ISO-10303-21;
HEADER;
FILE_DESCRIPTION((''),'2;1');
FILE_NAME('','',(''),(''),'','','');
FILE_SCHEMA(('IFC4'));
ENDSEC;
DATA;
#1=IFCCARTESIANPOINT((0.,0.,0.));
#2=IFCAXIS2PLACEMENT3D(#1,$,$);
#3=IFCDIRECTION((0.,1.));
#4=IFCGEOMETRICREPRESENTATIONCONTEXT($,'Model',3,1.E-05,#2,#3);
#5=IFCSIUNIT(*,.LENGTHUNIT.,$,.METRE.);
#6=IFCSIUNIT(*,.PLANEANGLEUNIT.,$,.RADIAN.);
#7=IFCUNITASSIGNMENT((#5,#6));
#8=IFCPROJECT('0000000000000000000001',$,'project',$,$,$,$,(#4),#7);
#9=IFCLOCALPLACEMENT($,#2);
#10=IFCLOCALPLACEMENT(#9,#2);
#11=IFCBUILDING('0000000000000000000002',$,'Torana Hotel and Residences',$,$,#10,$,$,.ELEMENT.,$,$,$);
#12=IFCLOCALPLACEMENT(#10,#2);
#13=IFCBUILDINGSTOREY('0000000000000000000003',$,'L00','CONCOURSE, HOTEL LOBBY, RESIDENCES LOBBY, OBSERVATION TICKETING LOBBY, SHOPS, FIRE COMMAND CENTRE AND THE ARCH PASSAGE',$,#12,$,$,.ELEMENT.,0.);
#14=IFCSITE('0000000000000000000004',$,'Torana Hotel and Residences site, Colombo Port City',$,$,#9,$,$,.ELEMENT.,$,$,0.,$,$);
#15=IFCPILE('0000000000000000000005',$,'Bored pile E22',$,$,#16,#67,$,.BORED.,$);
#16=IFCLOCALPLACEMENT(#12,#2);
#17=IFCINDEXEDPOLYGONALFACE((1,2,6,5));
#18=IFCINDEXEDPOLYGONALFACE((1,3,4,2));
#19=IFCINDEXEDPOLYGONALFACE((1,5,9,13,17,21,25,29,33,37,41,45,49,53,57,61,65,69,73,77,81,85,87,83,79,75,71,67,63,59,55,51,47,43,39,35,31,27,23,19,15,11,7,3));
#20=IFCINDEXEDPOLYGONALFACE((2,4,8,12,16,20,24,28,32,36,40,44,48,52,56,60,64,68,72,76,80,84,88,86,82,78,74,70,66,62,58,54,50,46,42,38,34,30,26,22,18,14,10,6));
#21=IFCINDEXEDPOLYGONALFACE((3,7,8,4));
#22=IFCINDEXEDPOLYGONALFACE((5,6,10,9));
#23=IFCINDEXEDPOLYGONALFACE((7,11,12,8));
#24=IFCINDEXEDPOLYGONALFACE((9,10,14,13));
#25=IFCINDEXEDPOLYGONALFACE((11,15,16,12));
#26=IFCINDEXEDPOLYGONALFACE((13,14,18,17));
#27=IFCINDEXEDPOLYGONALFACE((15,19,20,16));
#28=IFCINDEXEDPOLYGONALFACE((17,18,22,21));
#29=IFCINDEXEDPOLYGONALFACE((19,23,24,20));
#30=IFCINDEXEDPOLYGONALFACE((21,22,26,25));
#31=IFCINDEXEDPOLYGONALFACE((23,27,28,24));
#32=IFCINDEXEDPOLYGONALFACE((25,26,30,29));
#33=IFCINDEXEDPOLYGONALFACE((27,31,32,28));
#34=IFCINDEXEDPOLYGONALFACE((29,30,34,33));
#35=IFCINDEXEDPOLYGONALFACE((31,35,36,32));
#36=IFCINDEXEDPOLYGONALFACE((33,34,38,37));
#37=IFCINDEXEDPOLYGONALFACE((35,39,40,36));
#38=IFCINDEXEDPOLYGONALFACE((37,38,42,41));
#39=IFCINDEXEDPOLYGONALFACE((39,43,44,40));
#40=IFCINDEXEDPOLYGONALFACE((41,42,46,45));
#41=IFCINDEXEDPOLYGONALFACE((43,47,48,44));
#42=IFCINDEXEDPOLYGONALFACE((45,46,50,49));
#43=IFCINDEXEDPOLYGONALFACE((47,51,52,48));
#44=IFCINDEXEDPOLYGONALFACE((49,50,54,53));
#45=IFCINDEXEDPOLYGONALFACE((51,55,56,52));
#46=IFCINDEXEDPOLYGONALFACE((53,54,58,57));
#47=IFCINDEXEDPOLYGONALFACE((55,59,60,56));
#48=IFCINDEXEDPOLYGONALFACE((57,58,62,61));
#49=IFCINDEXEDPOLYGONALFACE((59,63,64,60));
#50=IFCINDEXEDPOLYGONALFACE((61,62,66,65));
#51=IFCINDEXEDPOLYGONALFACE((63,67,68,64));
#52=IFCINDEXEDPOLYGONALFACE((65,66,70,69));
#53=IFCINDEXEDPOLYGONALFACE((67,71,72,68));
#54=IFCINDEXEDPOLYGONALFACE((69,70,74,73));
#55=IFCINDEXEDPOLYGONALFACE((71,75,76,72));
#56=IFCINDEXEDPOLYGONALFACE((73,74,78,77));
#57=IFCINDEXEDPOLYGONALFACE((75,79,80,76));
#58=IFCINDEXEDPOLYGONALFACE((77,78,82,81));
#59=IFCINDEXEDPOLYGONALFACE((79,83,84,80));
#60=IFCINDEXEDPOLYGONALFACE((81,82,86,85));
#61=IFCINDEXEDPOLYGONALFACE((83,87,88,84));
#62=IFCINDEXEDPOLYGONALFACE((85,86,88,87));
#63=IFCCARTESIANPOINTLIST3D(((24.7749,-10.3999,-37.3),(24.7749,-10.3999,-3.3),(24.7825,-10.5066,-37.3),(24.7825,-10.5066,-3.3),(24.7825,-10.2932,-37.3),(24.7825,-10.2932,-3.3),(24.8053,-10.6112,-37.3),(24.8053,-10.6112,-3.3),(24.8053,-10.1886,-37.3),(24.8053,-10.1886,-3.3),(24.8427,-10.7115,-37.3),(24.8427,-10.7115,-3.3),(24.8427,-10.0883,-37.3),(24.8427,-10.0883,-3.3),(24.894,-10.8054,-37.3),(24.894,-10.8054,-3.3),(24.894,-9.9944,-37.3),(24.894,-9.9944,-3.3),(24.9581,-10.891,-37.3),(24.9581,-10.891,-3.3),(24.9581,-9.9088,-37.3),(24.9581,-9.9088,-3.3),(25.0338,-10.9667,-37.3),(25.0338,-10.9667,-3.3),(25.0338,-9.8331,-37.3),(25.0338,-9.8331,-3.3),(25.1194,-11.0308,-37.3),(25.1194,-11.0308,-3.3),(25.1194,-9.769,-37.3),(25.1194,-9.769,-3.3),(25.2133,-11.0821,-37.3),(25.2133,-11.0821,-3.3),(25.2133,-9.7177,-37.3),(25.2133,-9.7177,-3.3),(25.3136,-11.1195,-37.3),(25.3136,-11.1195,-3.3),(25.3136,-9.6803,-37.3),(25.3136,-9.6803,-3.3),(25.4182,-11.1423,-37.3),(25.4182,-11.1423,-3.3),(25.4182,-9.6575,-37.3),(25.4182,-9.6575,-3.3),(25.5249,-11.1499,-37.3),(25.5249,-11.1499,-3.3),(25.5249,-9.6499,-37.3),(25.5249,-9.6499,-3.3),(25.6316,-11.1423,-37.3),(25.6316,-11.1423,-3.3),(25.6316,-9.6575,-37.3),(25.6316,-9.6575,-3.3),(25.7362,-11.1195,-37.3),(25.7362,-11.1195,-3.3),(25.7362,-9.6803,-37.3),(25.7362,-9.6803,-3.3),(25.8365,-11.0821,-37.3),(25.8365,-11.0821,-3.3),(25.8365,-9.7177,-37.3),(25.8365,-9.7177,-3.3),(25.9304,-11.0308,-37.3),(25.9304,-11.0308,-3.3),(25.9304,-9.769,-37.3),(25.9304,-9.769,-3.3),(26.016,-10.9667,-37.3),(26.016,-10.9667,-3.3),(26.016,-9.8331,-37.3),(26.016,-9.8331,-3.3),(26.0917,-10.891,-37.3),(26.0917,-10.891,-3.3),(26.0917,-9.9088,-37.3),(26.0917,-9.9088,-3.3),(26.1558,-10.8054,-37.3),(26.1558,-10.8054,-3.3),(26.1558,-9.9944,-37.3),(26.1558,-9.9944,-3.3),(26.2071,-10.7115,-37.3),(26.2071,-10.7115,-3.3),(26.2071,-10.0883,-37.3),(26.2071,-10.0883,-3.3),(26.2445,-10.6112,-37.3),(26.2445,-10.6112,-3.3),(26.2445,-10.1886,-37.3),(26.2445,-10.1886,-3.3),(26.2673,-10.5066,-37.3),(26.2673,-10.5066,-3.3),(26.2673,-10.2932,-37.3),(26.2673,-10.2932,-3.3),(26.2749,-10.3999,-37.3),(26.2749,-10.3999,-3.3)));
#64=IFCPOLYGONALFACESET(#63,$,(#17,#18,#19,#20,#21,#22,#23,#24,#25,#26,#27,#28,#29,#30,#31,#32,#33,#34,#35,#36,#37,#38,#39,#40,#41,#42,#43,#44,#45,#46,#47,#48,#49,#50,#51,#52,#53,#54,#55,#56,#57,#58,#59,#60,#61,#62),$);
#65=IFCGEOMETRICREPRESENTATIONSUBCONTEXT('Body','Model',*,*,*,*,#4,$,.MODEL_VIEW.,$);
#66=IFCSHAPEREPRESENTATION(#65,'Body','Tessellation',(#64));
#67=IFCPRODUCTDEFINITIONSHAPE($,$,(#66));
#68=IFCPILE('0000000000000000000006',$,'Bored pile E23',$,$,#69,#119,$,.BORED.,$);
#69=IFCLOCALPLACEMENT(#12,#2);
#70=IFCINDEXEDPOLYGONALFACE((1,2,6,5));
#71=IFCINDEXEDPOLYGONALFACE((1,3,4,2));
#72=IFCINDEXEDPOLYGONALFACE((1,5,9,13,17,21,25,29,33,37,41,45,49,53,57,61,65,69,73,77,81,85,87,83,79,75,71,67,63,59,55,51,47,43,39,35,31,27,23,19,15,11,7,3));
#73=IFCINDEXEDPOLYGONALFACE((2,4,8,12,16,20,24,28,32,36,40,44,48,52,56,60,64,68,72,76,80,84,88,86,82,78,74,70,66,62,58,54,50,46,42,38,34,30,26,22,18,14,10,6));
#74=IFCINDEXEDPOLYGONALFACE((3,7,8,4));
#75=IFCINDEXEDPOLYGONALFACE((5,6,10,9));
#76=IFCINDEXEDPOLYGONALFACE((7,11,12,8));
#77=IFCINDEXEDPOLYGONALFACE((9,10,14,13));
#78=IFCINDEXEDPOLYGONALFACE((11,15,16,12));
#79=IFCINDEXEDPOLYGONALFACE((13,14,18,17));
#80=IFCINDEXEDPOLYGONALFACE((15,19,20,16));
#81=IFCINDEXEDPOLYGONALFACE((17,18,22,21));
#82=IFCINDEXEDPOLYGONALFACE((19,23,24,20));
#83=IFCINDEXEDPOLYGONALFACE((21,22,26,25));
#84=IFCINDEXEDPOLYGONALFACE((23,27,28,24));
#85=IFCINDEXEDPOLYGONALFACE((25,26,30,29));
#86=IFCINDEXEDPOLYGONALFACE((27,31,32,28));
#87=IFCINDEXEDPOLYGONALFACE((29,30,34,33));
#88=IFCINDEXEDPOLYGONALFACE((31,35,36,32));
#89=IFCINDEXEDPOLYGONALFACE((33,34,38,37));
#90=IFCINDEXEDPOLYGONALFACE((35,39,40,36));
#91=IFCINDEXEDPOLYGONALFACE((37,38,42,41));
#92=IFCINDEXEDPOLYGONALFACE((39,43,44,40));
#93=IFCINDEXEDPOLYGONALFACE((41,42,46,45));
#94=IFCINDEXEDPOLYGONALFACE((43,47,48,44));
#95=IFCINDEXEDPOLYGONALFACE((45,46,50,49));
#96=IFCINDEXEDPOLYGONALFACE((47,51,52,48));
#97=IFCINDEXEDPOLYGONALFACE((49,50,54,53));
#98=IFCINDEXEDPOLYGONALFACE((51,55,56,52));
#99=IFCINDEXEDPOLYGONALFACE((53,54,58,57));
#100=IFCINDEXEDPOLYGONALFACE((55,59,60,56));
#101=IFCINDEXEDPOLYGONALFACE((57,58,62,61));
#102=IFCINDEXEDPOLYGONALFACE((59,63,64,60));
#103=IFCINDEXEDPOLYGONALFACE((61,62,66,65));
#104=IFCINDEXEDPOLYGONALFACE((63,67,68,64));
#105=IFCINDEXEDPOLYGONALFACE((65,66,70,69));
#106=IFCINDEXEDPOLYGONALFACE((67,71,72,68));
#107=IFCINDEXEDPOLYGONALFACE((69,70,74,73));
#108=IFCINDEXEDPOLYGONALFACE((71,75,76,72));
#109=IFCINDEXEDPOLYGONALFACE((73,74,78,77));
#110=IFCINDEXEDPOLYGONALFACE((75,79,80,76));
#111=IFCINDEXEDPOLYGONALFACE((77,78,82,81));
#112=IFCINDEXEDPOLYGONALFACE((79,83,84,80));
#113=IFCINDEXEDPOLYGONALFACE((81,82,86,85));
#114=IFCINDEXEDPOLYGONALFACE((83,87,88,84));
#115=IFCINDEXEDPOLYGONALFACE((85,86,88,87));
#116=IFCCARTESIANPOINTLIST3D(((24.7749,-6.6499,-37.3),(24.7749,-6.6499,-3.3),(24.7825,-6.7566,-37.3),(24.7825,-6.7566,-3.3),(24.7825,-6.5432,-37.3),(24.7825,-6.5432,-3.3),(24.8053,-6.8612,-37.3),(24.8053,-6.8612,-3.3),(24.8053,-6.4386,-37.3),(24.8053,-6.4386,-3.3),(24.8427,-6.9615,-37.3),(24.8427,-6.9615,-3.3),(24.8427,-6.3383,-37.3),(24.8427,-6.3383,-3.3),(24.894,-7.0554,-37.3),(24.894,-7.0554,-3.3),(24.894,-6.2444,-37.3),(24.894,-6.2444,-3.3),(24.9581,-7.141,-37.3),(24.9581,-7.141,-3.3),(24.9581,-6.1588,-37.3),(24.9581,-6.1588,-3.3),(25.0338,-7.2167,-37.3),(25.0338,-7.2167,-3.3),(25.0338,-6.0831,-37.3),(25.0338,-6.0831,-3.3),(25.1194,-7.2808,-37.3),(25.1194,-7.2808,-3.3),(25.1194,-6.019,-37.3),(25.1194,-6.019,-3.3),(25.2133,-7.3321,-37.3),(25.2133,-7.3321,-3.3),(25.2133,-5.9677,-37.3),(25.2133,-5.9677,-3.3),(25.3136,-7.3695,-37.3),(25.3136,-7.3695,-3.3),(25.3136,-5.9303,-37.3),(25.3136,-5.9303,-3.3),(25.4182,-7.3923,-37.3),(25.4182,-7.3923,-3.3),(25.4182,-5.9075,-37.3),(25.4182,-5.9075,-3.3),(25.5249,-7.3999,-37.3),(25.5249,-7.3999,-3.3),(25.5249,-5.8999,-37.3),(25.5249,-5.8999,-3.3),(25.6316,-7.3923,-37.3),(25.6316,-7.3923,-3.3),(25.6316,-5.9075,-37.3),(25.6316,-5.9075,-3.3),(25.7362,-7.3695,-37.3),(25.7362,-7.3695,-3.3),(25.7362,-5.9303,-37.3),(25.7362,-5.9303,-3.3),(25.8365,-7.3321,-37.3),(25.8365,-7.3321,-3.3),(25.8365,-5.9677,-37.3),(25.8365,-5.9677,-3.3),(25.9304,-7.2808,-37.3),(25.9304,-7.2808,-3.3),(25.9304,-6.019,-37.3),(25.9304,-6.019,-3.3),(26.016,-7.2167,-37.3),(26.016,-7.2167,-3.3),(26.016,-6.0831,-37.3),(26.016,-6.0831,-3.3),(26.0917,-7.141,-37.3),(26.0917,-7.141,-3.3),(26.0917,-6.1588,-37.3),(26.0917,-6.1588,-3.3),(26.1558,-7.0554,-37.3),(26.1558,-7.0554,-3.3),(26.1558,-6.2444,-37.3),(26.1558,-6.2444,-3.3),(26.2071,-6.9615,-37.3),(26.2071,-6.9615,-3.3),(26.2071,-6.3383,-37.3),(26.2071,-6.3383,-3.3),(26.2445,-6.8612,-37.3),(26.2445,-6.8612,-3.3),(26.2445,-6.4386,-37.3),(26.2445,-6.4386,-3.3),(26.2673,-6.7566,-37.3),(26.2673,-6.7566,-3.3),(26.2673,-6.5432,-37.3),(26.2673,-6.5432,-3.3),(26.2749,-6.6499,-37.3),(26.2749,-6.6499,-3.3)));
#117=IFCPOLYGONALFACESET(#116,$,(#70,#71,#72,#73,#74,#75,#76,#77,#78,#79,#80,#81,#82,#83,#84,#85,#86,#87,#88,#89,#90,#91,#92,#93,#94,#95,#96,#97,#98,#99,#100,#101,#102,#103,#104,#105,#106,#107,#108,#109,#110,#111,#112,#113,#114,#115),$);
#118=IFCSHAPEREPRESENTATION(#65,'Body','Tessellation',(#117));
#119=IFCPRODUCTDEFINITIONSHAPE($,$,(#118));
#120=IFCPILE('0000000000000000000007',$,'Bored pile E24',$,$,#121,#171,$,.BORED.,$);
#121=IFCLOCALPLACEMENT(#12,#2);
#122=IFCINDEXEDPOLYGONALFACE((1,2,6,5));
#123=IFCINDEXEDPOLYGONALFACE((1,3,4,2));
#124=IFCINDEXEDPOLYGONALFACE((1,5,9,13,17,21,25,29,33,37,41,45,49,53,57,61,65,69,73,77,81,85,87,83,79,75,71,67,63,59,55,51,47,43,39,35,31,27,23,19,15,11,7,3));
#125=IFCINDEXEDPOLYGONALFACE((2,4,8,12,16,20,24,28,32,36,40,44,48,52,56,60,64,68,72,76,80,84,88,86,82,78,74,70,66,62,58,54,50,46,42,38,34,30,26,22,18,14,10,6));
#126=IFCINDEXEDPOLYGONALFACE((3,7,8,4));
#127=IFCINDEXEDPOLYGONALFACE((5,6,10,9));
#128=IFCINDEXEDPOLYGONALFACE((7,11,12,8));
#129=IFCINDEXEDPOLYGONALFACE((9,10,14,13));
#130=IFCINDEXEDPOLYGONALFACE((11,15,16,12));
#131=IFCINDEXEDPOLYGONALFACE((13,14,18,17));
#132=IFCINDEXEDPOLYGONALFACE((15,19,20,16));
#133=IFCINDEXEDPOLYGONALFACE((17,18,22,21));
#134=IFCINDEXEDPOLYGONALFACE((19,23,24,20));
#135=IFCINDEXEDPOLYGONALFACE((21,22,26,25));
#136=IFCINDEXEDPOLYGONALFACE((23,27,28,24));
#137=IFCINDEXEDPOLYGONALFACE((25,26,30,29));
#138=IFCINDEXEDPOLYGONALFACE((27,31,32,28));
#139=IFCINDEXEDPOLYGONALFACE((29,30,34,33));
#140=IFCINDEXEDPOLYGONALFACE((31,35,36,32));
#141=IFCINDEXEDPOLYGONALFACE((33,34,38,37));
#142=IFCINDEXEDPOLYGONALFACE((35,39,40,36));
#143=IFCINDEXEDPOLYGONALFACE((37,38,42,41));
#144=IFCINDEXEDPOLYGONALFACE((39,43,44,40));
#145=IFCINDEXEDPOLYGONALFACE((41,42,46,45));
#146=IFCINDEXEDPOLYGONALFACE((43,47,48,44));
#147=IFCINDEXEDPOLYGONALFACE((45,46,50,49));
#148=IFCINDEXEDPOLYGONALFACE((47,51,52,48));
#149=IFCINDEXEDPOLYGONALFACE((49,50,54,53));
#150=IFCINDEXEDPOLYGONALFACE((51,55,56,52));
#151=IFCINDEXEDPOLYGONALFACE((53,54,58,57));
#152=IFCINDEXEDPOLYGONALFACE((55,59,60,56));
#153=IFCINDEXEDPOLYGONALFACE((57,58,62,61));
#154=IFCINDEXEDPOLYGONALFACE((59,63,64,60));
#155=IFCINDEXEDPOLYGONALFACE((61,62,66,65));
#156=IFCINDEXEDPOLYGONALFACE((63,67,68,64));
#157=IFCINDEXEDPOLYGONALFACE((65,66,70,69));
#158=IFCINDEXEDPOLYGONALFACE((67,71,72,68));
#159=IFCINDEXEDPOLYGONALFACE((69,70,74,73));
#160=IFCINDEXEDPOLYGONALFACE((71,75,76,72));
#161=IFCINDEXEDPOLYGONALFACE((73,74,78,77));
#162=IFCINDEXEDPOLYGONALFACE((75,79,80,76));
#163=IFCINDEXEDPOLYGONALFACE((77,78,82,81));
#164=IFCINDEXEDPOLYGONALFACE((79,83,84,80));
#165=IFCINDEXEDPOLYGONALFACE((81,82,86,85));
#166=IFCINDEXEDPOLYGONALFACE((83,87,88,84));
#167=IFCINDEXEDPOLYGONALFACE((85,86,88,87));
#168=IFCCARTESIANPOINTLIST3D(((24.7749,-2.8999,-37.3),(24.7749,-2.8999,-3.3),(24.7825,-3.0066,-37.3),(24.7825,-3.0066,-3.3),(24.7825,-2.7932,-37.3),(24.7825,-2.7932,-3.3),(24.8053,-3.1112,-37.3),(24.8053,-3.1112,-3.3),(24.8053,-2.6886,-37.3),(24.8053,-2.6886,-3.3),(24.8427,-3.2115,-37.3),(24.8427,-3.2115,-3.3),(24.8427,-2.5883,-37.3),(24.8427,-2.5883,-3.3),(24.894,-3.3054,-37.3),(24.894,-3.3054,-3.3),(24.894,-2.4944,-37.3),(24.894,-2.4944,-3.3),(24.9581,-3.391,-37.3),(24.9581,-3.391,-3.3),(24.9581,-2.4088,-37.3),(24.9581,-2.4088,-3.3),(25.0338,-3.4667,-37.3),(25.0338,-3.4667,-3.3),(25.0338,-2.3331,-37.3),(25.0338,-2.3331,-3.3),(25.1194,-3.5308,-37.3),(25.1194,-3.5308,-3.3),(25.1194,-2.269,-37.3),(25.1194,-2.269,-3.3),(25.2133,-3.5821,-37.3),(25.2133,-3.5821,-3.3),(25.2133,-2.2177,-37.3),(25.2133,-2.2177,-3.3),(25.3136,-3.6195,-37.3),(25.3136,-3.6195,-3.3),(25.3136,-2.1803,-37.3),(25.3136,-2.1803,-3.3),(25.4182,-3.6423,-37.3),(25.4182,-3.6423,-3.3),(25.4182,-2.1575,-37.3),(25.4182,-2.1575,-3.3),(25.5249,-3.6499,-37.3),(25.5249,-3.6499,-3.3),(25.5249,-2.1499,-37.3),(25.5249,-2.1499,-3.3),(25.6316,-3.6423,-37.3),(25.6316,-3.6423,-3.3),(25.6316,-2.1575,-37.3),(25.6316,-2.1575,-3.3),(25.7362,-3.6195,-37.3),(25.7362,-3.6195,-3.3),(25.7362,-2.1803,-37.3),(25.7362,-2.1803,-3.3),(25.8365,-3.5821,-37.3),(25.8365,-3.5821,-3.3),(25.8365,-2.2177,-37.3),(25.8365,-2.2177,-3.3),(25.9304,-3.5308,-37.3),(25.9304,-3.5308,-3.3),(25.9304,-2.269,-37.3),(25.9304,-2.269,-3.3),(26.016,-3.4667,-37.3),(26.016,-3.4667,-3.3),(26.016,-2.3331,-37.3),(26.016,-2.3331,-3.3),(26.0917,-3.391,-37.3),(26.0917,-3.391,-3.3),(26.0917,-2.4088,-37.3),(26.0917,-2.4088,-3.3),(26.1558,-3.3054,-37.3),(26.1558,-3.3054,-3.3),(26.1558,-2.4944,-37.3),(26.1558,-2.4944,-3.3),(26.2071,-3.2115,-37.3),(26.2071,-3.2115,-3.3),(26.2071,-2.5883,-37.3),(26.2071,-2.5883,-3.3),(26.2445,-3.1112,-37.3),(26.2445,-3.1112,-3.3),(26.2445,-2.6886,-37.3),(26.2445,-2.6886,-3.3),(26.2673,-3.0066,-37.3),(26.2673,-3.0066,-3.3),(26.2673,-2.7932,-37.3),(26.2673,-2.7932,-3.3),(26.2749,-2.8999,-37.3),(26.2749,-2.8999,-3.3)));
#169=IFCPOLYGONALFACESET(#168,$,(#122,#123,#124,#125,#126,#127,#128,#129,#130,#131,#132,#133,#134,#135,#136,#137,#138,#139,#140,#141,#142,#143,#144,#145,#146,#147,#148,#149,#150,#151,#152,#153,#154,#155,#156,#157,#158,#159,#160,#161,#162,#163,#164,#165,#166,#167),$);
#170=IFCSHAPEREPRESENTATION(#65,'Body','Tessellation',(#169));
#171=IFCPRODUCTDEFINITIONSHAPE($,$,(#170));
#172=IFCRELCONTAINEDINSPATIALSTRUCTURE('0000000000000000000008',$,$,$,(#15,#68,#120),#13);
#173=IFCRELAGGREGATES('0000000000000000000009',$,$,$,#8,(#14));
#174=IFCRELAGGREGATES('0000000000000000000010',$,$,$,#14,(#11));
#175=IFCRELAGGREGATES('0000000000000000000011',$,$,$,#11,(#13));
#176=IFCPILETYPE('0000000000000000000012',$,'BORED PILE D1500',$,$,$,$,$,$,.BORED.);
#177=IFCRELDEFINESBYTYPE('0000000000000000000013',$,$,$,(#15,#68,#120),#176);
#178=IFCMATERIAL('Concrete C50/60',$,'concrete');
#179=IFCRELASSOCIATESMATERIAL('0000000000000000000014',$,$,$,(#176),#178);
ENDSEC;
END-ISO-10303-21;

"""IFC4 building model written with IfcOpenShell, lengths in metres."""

from ifc_helpers import new_model, si_unit, direction, frame, origin, origin_2d, place, context, subcontext, project, spatial, circle, extrude, material, type_object, element, save


model = new_model("IFC4")

# Units and contexts
model_context = context("Model", 3, precision=1e-05, world=origin(), true_north=direction((0.0, 1.0)))
body_context = subcontext(model_context, "Body", "Model", "MODEL_VIEW")
ifc_project = project(units=[si_unit("LENGTHUNIT", "METRE"), si_unit("PLANEANGLEUNIT", "RADIAN")], contexts=[model_context])

# Site, building, storey
site_placement = place(None, origin())
site = spatial("IfcSite", under=ifc_project, at=site_placement, Name="Torana Hotel and Residences site, Colombo Port City", CompositionType="ELEMENT", RefElevation=0.0)
building_placement = place(site_placement, origin())
building = spatial("IfcBuilding", under=site, at=building_placement, Name="Torana Hotel and Residences", CompositionType="ELEMENT")
storey_placement = place(building_placement, origin())
storey = spatial("IfcBuildingStorey", under=building, at=storey_placement, Name="L00", Description="CONCOURSE, HOTEL LOBBY, RESIDENCES LOBBY, OBSERVATION TICKETING LOBBY, SHOPS, FIRE COMMAND CENTRE AND THE ARCH PASSAGE", CompositionType="ELEMENT", Elevation=0.0)

# Piles
ifc_material_1 = material(Name="Concrete C50/60", Category="concrete")
pile_type = type_object("IfcPileType", Name="BORED PILE D1500", PredefinedType="BORED", material=ifc_material_1)
for number, where, z_axis, x_axis, name in (
    (1, (25.5249, -10.3999, -3.3), (0.0, 0.0, -1.0), (1.0, 0.0, 0.0), "Bored pile E22"),
    (2, (25.5249, -6.6499, -3.3), (0.0, 0.0, -1.0), (1.0, 0.0, 0.0), "Bored pile E23"),
    (3, (25.5249, -2.8999, -3.3), (0.0, 0.0, -1.0), (1.0, 0.0, 0.0), "Bored pile E24"),
):
    element("IfcPile", number, at=place(storey_placement, frame(where, z_axis=z_axis, x_axis=x_axis)), inside=storey, type_object=pile_type, Name=name, PredefinedType="BORED", context=body_context, shape_type="SweptSolid", body=[
        extrude(circle(Radius=0.75, at=origin_2d()), origin(), (0.0, 0.0, 1.0), 34.0),
    ])

save(model, "model.ifc")
